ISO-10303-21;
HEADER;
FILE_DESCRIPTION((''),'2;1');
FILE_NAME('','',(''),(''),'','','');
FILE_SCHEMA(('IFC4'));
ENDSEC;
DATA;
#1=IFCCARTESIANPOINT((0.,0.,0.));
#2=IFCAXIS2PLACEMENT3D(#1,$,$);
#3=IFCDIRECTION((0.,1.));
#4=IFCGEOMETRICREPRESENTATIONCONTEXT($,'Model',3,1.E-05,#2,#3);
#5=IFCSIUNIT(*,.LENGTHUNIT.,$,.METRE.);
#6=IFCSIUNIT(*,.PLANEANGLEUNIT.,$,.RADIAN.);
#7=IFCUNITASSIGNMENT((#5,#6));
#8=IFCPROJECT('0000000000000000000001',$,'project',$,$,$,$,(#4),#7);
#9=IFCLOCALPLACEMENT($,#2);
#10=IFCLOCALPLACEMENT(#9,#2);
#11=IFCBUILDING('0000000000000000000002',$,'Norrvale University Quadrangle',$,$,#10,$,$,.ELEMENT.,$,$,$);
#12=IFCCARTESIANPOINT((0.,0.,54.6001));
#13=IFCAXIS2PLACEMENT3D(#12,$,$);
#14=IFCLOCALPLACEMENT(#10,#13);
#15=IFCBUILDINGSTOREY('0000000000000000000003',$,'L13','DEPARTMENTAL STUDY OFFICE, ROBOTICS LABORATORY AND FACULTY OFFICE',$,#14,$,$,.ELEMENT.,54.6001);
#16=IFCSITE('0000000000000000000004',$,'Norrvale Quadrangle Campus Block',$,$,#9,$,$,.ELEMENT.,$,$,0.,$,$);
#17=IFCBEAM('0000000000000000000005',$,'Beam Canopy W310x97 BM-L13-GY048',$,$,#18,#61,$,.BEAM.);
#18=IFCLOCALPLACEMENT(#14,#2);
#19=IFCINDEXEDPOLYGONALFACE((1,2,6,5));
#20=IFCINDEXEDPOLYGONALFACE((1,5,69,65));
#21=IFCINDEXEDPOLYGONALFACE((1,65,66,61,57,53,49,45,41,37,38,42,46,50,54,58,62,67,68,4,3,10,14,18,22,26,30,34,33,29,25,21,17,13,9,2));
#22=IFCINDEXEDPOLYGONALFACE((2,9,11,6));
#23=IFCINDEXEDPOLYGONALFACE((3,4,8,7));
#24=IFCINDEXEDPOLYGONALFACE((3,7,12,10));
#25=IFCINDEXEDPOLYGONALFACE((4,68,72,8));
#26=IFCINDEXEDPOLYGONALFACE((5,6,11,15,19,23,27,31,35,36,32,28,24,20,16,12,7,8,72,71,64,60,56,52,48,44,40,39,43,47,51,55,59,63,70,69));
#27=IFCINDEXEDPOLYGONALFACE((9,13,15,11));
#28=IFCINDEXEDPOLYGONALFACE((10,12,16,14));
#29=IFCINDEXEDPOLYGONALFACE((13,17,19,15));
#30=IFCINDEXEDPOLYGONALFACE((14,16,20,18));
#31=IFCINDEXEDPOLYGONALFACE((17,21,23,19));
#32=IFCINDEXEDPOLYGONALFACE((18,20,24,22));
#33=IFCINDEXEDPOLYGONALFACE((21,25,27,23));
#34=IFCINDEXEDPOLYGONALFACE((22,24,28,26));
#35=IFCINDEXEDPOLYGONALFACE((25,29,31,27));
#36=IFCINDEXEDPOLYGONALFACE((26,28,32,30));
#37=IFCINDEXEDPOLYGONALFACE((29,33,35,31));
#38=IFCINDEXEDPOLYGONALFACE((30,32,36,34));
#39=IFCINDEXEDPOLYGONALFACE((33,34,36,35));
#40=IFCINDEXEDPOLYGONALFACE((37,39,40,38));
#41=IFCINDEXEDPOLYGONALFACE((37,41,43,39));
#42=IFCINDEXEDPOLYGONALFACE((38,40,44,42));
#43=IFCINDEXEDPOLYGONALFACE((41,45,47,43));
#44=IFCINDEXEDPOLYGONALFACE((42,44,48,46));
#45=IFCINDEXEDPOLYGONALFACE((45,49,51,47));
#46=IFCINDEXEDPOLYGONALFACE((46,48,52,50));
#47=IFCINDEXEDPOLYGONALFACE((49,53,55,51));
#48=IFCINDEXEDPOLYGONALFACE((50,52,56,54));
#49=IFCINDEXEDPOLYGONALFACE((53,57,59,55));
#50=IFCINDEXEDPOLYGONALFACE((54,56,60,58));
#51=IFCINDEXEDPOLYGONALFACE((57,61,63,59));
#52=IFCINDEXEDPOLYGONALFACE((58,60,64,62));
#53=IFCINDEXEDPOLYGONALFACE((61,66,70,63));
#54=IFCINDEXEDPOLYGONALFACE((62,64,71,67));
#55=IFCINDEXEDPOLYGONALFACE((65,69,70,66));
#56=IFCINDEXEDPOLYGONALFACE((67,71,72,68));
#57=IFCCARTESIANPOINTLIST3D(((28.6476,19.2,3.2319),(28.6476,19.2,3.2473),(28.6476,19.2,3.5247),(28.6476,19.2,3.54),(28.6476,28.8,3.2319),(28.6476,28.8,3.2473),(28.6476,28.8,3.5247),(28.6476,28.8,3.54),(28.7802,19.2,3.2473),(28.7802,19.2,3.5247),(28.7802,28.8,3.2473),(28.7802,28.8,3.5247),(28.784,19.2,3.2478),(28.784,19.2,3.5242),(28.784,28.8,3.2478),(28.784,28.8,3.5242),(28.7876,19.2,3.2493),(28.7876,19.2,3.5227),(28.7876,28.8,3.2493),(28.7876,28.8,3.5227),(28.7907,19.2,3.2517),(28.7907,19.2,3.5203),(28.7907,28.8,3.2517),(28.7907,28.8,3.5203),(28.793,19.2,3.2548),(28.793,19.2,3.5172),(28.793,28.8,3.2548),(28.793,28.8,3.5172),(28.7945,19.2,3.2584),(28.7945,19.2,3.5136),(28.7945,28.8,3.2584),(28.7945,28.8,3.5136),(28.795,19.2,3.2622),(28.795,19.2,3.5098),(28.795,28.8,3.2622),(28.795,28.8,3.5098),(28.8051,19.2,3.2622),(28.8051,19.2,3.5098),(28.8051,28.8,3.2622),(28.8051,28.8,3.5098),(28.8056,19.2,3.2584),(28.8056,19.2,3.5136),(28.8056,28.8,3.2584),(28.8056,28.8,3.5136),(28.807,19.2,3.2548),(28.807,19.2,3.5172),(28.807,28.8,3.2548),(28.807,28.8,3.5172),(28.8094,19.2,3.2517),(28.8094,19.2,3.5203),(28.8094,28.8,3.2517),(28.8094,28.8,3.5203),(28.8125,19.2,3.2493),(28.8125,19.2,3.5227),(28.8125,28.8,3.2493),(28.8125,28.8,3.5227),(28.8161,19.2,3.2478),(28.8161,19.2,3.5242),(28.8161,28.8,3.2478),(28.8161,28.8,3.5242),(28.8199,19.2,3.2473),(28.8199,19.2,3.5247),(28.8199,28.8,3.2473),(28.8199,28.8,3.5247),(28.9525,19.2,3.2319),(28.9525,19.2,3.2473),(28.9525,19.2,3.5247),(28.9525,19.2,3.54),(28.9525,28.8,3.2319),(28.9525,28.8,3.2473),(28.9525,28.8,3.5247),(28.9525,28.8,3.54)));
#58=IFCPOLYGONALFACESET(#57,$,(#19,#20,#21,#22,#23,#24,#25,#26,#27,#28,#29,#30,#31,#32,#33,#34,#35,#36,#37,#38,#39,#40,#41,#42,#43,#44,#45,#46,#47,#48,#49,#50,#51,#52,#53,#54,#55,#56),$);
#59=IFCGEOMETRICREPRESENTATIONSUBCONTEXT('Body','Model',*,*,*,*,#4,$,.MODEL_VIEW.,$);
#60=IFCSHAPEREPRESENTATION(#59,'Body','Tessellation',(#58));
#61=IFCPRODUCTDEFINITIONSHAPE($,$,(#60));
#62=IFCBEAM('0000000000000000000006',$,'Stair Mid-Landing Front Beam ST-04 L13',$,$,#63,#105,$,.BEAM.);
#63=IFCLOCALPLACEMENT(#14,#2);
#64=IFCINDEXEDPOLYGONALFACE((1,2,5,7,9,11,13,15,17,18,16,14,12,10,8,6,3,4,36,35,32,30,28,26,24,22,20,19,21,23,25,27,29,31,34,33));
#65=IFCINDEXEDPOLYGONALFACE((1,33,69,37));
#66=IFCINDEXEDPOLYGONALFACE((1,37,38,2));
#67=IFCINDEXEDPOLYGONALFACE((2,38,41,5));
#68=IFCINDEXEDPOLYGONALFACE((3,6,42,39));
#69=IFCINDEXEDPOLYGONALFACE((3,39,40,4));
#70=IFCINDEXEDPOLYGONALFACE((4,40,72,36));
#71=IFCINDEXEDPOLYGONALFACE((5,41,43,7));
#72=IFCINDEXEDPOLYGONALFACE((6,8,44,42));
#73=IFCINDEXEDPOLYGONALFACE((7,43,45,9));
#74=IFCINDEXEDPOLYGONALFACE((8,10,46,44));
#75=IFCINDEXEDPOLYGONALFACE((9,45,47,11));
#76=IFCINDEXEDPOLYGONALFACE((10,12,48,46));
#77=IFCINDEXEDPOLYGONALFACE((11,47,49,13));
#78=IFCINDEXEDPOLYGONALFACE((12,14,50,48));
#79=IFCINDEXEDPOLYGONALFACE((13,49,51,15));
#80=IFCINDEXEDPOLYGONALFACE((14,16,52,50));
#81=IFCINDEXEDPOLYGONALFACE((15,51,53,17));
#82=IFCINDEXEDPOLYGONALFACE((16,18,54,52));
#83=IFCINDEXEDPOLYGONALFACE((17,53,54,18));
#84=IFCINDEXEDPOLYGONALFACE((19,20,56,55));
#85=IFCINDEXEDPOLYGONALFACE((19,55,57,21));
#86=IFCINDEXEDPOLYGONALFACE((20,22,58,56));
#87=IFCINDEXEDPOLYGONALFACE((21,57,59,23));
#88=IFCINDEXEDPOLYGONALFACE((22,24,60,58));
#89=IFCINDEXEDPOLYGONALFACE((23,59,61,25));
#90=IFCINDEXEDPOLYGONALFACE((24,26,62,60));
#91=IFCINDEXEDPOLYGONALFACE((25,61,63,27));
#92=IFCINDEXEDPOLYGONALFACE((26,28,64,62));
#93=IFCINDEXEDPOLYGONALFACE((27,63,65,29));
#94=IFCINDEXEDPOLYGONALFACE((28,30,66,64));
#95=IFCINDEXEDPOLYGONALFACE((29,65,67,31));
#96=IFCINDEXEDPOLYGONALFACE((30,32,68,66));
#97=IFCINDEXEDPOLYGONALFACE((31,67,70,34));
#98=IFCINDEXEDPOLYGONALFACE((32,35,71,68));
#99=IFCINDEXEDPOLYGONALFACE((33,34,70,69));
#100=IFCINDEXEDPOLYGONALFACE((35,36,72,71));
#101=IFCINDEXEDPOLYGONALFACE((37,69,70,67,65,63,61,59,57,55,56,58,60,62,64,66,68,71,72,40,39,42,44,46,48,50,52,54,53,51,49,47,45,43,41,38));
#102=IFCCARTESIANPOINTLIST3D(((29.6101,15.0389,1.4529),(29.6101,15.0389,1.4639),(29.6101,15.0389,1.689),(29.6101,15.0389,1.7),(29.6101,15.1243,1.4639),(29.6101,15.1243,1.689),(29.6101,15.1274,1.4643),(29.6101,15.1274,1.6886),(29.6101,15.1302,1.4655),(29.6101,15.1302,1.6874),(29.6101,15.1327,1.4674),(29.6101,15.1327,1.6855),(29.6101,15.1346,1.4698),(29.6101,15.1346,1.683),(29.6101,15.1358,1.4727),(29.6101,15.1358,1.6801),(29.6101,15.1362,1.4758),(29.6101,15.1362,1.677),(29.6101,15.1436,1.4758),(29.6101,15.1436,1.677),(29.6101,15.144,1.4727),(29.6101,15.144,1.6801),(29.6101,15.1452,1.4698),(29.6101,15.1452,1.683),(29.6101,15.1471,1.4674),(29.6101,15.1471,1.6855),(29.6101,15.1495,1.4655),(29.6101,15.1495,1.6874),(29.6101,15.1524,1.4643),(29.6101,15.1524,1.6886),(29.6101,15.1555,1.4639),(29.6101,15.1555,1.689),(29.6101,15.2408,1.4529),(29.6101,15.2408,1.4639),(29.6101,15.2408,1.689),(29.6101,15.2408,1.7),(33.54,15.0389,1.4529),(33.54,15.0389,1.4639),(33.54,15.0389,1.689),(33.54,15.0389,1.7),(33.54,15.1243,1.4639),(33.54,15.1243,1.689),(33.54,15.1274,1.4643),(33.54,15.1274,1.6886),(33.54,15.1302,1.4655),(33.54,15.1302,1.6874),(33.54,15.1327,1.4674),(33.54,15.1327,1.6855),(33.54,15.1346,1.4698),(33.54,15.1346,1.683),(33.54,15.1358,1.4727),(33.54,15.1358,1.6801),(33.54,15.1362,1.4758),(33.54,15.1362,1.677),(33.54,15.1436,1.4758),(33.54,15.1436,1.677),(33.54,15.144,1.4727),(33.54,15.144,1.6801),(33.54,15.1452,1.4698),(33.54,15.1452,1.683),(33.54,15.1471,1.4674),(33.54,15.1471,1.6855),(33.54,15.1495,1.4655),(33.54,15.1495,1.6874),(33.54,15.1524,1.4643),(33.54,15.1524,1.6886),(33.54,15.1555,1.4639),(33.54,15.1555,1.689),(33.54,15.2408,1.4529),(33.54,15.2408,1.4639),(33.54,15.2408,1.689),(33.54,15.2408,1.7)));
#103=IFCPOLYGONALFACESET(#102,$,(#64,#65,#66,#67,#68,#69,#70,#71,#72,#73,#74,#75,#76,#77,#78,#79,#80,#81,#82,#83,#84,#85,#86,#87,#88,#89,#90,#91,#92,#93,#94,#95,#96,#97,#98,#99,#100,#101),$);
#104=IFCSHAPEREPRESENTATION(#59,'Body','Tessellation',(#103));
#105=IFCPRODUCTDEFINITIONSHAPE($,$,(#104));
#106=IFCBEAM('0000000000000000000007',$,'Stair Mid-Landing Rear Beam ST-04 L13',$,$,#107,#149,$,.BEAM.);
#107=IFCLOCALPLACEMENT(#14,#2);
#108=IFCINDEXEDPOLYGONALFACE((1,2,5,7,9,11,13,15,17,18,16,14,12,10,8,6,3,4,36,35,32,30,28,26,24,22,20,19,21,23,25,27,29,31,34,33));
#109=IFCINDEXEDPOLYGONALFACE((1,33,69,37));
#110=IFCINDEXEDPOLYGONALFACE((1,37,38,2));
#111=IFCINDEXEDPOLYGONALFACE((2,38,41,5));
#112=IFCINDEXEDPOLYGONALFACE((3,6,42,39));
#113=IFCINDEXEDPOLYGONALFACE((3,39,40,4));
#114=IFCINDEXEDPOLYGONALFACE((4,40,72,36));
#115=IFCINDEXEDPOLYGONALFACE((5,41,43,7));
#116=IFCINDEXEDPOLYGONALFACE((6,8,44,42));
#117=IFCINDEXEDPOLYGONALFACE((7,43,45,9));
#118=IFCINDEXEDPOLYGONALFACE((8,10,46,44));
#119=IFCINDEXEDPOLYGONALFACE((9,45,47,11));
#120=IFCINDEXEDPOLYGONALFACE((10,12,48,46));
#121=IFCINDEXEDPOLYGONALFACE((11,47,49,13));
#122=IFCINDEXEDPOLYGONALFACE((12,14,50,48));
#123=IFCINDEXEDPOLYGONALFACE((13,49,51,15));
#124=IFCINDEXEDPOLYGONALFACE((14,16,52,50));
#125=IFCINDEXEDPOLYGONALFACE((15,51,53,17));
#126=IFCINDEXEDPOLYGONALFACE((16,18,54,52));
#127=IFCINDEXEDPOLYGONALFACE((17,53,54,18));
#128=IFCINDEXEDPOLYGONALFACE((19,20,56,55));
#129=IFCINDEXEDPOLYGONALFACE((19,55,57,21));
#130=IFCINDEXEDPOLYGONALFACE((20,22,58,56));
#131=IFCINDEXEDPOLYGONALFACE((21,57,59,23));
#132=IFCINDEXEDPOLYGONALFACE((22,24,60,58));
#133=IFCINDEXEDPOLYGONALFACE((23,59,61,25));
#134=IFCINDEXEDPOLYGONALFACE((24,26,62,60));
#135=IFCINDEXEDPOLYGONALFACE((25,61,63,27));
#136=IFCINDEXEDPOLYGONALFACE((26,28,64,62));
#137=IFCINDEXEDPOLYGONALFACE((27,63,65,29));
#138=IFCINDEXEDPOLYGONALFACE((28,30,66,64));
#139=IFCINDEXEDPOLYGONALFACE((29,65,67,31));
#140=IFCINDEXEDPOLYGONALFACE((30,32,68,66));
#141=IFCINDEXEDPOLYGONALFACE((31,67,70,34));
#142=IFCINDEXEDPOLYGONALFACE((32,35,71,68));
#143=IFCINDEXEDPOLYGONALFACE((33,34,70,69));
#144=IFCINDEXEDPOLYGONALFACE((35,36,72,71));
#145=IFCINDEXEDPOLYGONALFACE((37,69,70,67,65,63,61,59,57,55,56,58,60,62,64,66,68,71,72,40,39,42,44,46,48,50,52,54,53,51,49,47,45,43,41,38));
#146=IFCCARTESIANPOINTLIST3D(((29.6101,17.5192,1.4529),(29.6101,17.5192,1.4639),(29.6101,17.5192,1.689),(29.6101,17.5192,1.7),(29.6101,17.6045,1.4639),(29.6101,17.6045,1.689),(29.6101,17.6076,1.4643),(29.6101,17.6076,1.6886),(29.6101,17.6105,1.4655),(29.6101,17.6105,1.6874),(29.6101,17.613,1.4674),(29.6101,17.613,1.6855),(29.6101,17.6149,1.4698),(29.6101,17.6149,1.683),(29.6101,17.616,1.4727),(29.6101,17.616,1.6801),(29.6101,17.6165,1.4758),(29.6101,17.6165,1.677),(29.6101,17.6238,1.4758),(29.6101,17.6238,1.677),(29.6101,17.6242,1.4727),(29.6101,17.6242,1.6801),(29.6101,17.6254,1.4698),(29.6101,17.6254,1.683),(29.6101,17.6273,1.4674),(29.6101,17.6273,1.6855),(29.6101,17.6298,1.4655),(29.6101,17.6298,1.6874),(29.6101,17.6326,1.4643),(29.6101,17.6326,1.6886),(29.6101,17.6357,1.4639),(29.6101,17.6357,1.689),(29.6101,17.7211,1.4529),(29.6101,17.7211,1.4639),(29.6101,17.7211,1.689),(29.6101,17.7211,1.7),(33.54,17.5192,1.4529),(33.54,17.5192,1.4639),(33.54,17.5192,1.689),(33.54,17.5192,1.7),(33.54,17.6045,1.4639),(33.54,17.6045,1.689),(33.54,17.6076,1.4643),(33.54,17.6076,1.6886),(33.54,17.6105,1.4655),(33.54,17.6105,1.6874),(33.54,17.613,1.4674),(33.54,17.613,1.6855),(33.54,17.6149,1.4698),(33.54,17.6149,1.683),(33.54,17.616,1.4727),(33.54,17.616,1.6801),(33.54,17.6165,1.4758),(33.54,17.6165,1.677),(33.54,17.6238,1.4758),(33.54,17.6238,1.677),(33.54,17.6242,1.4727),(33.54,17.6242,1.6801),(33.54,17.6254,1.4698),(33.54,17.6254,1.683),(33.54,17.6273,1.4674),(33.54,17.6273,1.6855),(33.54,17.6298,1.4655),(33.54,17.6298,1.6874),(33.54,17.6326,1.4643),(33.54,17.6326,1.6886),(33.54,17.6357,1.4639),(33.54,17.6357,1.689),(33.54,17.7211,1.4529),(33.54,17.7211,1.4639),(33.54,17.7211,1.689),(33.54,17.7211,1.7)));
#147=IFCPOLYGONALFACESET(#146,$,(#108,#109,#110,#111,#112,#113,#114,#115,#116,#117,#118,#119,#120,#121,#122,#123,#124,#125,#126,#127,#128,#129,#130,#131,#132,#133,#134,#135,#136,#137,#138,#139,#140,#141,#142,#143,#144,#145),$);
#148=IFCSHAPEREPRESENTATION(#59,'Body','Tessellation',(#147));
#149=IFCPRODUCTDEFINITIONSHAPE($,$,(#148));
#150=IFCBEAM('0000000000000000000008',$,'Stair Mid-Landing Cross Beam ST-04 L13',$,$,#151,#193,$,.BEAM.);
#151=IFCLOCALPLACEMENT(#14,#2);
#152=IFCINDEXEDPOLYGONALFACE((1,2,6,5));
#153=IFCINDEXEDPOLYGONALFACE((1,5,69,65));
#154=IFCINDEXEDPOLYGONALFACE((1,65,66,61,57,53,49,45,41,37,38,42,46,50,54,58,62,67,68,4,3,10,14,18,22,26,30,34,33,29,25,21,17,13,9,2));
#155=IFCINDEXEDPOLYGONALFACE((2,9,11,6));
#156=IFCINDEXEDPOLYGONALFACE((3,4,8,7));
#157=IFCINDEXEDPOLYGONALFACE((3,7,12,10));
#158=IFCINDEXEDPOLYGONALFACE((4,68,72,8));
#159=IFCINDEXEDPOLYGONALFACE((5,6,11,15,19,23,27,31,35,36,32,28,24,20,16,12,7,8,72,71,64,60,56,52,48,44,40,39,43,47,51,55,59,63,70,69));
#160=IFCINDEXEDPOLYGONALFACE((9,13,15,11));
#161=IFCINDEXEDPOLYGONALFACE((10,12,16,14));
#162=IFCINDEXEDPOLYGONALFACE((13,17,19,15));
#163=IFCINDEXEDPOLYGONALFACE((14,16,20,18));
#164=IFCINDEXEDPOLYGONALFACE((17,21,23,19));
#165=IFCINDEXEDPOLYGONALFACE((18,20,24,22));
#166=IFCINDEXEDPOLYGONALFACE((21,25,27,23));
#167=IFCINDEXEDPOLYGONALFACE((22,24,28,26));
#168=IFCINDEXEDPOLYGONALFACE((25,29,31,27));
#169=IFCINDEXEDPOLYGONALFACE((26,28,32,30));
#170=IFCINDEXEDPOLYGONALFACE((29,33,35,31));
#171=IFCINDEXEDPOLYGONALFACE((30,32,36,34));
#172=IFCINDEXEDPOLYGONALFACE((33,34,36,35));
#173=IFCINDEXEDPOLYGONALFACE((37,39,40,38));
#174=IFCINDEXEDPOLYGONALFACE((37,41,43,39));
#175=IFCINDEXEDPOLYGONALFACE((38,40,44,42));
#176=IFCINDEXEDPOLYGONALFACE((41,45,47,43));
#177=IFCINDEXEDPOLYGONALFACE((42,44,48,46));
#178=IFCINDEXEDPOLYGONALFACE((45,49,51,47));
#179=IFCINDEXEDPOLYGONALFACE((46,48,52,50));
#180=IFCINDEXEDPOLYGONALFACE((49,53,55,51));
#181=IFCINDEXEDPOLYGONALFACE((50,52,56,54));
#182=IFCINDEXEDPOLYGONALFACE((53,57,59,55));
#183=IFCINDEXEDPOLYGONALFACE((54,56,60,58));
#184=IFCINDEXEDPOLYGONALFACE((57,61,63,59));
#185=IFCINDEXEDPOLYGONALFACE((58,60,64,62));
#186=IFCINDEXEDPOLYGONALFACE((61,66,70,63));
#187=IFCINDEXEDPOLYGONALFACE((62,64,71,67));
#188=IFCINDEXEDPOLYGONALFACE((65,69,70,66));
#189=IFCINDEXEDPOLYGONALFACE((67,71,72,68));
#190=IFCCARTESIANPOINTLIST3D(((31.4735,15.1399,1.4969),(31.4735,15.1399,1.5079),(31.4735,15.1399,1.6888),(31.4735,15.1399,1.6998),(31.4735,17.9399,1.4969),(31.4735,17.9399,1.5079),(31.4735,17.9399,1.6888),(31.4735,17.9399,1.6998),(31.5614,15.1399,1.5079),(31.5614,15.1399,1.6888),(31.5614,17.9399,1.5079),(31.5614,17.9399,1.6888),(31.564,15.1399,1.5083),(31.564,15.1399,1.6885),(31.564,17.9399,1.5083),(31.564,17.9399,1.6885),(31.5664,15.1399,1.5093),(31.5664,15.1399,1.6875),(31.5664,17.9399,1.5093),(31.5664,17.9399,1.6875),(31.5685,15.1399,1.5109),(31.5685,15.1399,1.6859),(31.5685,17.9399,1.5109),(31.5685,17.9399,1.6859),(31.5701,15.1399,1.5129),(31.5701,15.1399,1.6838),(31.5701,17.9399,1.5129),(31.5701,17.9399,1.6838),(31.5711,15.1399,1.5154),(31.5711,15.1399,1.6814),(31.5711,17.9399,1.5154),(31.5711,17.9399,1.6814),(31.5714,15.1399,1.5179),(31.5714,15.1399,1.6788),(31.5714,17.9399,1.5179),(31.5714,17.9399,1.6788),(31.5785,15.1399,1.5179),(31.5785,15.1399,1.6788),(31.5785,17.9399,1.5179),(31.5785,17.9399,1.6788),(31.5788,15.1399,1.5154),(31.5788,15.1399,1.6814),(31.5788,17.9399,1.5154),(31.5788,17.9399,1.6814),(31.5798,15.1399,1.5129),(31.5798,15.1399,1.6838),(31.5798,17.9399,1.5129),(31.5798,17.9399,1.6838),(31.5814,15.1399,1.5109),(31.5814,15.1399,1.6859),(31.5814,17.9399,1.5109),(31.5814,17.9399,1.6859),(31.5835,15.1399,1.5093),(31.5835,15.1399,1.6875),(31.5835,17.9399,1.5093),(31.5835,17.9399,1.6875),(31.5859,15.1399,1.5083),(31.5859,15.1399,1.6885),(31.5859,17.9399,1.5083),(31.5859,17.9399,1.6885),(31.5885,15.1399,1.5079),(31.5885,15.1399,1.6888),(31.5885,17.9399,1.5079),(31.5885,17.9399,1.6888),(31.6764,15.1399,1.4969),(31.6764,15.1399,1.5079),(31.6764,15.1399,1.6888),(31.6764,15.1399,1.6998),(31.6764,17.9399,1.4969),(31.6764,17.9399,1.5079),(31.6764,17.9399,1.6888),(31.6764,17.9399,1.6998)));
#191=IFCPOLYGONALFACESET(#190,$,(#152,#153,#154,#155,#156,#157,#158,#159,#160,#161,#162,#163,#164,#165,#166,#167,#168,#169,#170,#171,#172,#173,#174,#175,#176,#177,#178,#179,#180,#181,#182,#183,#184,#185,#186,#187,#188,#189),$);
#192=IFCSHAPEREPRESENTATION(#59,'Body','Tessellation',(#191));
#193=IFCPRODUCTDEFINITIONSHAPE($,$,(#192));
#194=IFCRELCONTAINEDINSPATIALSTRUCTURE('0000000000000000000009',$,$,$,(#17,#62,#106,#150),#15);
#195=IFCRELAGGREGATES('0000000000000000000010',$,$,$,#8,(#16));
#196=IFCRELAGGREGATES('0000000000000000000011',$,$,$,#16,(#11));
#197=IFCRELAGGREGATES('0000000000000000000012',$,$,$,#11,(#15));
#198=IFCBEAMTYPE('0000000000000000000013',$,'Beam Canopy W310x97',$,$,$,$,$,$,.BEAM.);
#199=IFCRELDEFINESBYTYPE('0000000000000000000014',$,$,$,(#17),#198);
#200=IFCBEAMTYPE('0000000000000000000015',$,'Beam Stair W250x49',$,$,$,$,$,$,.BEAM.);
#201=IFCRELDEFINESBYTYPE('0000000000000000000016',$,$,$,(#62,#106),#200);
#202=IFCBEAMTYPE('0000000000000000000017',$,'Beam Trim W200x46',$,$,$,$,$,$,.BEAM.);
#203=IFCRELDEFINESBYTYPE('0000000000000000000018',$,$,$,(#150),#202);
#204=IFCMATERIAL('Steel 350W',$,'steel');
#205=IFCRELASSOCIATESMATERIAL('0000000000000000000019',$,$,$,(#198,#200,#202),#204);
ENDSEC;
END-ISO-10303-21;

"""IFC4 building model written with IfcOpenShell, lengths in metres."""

from ifc_helpers import new_model, si_unit, direction, frame, origin, origin_2d, place, context, subcontext, project, spatial, i_section, extrude, material, material_profile, profile_set, type_object, element, save


model = new_model("IFC4")

# Units and contexts
model_context = context("Model", 3, precision=1e-05, world=origin(), true_north=direction((0.0, 1.0)))
body_context = subcontext(model_context, "Body", "Model", "MODEL_VIEW")
ifc_project = project(units=[si_unit("LENGTHUNIT", "METRE"), si_unit("PLANEANGLEUNIT", "RADIAN")], contexts=[model_context])

# Site, building, storey
site_placement = place(None, origin())
site = spatial("IfcSite", under=ifc_project, at=site_placement, Name="Norrvale Quadrangle Campus Block", CompositionType="ELEMENT", RefElevation=0.0)
building_placement = place(site_placement, origin())
building = spatial("IfcBuilding", under=site, at=building_placement, Name="Norrvale University Quadrangle", CompositionType="ELEMENT")
storey_placement = place(building_placement, frame((0.0, 0.0, 54.6001)))
storey = spatial("IfcBuildingStorey", under=building, at=storey_placement, Name="L13", Description="DEPARTMENTAL STUDY OFFICE, ROBOTICS LABORATORY AND FACULTY OFFICE", CompositionType="ELEMENT", Elevation=54.6001)

# Beams
ifc_material_1 = material(Name="Steel 350W", Category="steel")
ifc_material_profile_1 = material_profile(ifc_material_1, i_section(OverallWidth=0.3049, OverallDepth=0.3081, WebThickness=0.01, FlangeThickness=0.0154, FilletRadius=0.0149, at=origin_2d()), Name="Steel 350W")
ifc_profile_set_1 = profile_set([ifc_material_profile_1], Name="Steel 350W")
beam_type_1 = type_object("IfcBeamType", Name="Beam Canopy W310x97", PredefinedType="BEAM", material=ifc_profile_set_1)
for number, where, z_axis, x_axis, name in (
    (1, (28.8, 19.2, 3.386), (0.0, 1.0, 0.0), (-1.0, 0.0, 0.0), "Beam Canopy W310x97 BM-L13-GY048"),
):
    element("IfcBeam", number, at=place(storey_placement, frame(where, z_axis=z_axis, x_axis=x_axis)), inside=storey, type_object=beam_type_1, Name=name, PredefinedType="BEAM", context=body_context, shape_type="SweptSolid", body=[
        extrude(i_section(OverallWidth=0.3049, OverallDepth=0.3081, WebThickness=0.01, FlangeThickness=0.0154, FilletRadius=0.0149, at=origin_2d()), origin(), (0.0, 0.0, 1.0), 9.6001),
    ])
ifc_material_profile_2 = material_profile(ifc_material_1, i_section(OverallWidth=0.2019, OverallDepth=0.2471, WebThickness=0.0073, FlangeThickness=0.011, FilletRadius=0.012, at=origin_2d()), Name="Steel 350W")
ifc_profile_set_2 = profile_set([ifc_material_profile_2], Name="Steel 350W")
beam_type_2 = type_object("IfcBeamType", Name="Beam Stair W250x49", PredefinedType="BEAM", material=ifc_profile_set_2)
for number, where, z_axis, x_axis, name in (
    (2, (29.6101, 15.1399, 1.5764), (1.0, 0.0, 0.0), (0.0, 1.0, 0.0), "Stair Mid-Landing Front Beam ST-04 L13"),
    (3, (29.6101, 17.6201, 1.5764), (1.0, 0.0, 0.0), (0.0, 1.0, 0.0), "Stair Mid-Landing Rear Beam ST-04 L13"),
):
    element("IfcBeam", number, at=place(storey_placement, frame(where, z_axis=z_axis, x_axis=x_axis)), inside=storey, type_object=beam_type_2, Name=name, PredefinedType="BEAM", context=body_context, shape_type="SweptSolid", body=[
        extrude(i_section(OverallWidth=0.2019, OverallDepth=0.2471, WebThickness=0.0073, FlangeThickness=0.011, FilletRadius=0.012, at=origin_2d()), origin(), (0.0, 0.0, 1.0), 3.9299),
    ])
ifc_material_profile_3 = material_profile(ifc_material_1, i_section(OverallWidth=0.2029, OverallDepth=0.2029, WebThickness=0.0071, FlangeThickness=0.011, FilletRadius=0.01, at=origin_2d()), Name="Steel 350W")
ifc_profile_set_3 = profile_set([ifc_material_profile_3], Name="Steel 350W")
beam_type_3 = type_object("IfcBeamType", Name="Beam Trim W200x46", PredefinedType="BEAM", material=ifc_profile_set_3)
beam_1_placement = place(storey_placement, frame((31.575, 15.1399, 1.5984), z_axis=(0.0, 1.0, 0.0), x_axis=(-1.0, 0.0, 0.0)))
element("IfcBeam", 4, at=beam_1_placement, inside=storey, type_object=beam_type_3, Name="Stair Mid-Landing Cross Beam ST-04 L13", PredefinedType="BEAM", context=body_context, shape_type="SweptSolid", body=[
    extrude(i_section(OverallWidth=0.2029, OverallDepth=0.2029, WebThickness=0.0071, FlangeThickness=0.011, FilletRadius=0.01, at=origin_2d()), origin(), (0.0, 0.0, 1.0), 2.8),
])

save(model, "model.ifc")
